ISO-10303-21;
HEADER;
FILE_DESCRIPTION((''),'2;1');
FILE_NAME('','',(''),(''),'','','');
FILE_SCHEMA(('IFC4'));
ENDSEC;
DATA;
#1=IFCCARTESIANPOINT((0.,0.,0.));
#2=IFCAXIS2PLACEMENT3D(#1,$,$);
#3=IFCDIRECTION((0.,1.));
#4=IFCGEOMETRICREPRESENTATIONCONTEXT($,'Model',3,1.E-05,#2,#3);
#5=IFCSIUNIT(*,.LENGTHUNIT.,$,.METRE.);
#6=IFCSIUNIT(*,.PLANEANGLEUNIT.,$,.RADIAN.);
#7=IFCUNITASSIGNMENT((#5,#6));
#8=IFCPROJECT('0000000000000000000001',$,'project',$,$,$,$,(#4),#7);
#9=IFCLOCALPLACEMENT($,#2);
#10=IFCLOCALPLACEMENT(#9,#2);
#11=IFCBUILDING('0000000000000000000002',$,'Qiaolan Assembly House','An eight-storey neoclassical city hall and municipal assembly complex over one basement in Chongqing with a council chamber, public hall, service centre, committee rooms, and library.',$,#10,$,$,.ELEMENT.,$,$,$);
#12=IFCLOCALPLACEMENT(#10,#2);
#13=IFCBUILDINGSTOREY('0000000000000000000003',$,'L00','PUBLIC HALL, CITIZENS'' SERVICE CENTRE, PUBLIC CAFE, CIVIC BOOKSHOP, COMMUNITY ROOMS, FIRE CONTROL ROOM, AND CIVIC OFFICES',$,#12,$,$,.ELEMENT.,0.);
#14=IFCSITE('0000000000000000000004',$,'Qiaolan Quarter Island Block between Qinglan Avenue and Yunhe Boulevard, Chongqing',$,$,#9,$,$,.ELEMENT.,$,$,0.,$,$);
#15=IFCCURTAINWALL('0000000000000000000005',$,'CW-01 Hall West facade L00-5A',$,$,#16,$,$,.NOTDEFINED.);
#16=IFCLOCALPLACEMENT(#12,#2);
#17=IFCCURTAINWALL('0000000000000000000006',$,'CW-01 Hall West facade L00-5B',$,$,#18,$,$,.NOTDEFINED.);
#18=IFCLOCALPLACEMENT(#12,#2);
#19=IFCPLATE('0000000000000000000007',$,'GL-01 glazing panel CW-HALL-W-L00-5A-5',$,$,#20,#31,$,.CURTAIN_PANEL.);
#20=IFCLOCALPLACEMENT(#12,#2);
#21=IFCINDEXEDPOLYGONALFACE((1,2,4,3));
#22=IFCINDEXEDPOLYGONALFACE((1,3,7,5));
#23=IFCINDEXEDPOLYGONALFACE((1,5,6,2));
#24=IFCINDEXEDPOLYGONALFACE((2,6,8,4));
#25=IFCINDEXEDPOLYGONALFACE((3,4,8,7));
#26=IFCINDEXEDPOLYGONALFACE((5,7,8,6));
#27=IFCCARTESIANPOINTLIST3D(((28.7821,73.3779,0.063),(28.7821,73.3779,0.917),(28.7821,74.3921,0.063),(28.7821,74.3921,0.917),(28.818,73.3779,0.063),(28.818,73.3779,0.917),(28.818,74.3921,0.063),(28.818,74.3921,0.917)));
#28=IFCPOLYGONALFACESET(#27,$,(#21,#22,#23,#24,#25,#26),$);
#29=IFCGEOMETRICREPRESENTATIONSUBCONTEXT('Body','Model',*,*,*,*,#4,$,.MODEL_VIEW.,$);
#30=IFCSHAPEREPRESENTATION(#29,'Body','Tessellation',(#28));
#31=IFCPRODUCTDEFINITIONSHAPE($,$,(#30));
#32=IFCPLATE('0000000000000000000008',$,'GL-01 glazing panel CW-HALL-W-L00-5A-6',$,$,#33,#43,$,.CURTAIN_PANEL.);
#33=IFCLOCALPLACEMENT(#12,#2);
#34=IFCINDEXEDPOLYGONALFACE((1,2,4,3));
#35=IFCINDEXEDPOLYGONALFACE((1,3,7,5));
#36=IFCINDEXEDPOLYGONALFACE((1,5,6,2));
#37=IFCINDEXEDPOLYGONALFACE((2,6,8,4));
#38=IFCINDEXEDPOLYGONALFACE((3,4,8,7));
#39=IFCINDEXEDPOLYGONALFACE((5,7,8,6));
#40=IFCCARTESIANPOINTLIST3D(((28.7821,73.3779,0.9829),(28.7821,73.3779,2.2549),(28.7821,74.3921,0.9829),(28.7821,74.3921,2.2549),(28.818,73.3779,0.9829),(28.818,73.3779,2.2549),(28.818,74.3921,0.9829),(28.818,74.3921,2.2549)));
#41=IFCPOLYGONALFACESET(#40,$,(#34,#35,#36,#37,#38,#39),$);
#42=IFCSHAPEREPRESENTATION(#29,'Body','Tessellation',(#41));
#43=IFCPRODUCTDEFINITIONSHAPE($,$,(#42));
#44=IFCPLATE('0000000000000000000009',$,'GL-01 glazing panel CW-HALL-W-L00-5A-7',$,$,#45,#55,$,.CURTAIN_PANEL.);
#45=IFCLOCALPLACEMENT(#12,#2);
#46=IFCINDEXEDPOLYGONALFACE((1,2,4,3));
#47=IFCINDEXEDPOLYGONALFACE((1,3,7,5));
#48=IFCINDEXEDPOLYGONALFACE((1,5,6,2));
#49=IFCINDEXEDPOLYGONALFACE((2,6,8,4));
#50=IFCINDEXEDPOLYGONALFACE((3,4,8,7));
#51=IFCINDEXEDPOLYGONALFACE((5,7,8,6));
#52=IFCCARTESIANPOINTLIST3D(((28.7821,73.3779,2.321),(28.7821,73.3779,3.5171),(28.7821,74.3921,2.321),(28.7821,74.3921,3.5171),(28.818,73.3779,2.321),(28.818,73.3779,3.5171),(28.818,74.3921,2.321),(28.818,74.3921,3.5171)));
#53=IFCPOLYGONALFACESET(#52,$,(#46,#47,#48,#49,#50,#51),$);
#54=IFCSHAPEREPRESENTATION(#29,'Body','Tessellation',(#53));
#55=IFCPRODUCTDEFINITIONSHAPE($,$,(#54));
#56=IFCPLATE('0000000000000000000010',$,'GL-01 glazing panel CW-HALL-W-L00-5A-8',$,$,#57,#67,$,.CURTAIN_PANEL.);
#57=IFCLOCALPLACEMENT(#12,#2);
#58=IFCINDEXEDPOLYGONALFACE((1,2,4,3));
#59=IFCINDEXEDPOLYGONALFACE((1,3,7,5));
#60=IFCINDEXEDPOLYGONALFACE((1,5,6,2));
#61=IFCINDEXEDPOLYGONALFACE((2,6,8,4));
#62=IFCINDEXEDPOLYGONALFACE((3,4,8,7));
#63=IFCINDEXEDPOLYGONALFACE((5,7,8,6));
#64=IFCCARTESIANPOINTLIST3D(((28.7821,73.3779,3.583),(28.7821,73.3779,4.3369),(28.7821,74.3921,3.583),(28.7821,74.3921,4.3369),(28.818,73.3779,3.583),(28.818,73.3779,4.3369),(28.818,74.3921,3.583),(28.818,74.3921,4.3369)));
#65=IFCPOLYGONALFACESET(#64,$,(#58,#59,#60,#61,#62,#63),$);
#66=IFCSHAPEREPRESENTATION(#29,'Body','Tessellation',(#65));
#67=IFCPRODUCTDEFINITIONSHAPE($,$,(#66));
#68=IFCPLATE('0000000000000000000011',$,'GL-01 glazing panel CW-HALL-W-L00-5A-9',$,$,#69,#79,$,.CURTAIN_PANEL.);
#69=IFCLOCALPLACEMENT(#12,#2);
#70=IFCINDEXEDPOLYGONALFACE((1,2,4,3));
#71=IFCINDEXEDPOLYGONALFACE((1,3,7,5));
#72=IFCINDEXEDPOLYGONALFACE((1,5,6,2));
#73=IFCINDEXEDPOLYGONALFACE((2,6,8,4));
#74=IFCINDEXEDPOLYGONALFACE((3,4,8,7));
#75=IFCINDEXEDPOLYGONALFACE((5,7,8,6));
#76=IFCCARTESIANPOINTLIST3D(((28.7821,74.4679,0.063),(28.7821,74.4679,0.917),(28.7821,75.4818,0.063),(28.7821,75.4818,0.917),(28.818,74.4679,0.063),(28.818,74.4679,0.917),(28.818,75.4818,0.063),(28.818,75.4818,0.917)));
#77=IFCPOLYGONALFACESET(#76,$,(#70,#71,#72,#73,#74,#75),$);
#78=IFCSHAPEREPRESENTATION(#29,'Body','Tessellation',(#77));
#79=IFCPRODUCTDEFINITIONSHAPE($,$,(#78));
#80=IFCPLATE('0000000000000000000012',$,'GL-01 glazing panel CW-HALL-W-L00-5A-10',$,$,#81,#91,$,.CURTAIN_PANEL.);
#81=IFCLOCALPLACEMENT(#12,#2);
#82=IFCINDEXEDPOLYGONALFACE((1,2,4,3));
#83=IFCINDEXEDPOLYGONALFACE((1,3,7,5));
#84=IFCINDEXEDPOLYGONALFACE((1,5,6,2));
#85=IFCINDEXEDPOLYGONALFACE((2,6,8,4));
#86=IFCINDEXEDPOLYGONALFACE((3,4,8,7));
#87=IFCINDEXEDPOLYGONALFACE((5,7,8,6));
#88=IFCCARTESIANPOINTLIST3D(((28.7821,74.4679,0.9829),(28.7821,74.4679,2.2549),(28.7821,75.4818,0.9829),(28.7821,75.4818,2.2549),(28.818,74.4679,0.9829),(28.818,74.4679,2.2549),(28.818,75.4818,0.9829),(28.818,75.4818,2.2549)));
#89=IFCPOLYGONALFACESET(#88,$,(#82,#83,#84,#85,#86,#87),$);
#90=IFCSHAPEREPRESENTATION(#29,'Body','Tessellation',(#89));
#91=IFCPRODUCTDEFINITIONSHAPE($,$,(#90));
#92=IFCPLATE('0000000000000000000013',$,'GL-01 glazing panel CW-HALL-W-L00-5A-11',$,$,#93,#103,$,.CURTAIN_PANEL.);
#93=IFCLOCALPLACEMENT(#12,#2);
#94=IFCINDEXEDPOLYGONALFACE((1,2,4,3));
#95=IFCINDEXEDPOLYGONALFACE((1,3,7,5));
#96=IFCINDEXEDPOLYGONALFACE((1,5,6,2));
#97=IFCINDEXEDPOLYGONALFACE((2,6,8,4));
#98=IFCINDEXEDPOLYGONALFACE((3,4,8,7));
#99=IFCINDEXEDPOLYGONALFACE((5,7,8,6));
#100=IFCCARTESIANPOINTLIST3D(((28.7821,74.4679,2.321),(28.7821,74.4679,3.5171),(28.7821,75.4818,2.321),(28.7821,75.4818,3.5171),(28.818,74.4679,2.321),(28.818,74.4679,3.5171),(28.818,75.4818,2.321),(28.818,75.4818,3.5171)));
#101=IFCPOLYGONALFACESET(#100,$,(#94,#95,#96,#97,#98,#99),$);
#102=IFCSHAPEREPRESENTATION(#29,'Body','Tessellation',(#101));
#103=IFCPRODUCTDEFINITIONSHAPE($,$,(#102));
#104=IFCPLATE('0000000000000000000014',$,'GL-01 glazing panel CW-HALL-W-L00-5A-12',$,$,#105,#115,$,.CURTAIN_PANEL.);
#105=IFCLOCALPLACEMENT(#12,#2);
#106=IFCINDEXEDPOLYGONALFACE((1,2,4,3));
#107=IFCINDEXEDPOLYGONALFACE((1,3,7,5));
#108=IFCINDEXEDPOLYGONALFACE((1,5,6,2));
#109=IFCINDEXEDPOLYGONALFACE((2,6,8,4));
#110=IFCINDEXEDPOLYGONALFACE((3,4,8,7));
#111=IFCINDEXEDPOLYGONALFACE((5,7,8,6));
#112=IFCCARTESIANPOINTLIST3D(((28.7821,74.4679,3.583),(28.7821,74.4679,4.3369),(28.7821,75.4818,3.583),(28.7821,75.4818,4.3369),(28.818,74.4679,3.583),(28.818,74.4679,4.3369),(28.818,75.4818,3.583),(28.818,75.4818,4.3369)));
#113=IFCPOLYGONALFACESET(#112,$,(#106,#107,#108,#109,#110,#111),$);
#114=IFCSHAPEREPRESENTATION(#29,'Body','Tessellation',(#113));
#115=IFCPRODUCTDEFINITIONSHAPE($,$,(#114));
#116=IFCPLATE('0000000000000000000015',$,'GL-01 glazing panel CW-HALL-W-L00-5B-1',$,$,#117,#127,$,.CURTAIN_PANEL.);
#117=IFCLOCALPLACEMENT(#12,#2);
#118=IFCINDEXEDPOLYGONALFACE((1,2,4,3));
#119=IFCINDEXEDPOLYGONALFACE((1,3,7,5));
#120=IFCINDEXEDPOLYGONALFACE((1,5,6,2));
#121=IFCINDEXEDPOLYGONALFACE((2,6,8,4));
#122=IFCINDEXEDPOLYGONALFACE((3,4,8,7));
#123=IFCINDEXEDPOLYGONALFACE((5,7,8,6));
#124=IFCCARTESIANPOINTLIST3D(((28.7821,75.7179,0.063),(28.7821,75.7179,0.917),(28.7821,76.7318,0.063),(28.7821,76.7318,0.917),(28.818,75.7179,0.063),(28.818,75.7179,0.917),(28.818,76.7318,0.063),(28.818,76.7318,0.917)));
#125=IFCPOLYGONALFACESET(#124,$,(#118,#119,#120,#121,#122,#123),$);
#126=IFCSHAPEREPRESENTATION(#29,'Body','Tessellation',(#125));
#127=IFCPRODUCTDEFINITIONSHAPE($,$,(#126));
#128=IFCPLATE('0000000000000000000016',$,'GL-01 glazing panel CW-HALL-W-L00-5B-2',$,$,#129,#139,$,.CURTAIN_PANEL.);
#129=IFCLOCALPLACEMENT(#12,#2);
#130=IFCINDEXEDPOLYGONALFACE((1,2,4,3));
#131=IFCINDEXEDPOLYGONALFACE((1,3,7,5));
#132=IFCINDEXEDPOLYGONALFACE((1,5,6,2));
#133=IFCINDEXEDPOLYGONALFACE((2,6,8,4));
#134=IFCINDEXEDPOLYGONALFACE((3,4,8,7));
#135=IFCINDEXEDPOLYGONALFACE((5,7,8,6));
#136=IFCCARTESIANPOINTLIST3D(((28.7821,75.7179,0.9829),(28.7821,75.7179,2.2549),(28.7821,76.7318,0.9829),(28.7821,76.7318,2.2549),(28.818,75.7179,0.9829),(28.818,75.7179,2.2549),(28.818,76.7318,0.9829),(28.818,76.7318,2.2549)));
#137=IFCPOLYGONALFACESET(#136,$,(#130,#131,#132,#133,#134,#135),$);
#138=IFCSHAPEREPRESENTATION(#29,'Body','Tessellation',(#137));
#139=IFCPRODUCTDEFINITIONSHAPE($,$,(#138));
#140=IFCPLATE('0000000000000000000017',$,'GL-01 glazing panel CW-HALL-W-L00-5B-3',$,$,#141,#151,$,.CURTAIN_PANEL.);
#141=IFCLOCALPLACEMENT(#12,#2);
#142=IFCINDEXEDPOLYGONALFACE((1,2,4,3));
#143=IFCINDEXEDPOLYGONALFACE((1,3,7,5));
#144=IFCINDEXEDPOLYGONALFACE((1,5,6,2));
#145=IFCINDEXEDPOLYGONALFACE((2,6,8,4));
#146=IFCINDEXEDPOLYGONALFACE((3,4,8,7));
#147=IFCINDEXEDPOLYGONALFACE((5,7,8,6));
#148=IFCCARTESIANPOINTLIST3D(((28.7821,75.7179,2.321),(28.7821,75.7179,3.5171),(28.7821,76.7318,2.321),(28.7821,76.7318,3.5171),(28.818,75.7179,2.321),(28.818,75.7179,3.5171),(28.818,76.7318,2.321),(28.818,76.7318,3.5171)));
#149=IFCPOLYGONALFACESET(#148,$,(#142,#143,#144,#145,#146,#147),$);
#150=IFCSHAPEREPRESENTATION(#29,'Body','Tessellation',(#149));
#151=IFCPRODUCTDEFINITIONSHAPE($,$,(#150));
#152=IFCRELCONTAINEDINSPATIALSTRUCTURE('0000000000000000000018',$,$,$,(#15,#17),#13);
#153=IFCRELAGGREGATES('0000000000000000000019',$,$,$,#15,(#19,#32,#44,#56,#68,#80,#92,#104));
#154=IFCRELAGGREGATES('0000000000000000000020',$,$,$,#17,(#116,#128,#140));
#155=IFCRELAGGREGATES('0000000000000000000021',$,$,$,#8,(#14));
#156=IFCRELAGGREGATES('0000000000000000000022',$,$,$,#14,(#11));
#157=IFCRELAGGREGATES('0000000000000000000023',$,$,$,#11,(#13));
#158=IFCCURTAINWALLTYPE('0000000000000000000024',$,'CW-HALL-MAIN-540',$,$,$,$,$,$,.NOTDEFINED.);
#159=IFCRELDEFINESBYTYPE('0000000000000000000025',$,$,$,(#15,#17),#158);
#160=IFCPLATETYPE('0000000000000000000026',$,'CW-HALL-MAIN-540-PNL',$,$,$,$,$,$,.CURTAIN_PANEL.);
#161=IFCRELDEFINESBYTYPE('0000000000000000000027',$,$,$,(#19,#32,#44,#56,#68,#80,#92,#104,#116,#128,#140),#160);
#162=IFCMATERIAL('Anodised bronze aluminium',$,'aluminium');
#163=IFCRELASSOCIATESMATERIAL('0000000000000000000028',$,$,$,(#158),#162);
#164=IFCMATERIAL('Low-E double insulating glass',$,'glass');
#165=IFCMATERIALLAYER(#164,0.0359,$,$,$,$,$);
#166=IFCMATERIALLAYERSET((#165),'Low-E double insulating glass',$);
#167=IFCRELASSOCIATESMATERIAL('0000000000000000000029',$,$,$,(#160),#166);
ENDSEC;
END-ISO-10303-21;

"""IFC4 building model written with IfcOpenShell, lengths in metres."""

from ifc_helpers import new_model, si_unit, direction, frame, frame_2d, origin, place, context, subcontext, project, spatial, rectangle, extrude, material, layer, layer_set, type_object, element, aggregate, save


model = new_model("IFC4")

# Units and contexts
model_context = context("Model", 3, precision=1e-05, world=origin(), true_north=direction((0.0, 1.0)))
body_context = subcontext(model_context, "Body", "Model", "MODEL_VIEW")
ifc_project = project(units=[si_unit("LENGTHUNIT", "METRE"), si_unit("PLANEANGLEUNIT", "RADIAN")], contexts=[model_context])

# Site, building, storey
site_placement = place(None, origin())
site = spatial("IfcSite", under=ifc_project, at=site_placement, Name="Qiaolan Quarter Island Block between Qinglan Avenue and Yunhe Boulevard, Chongqing", CompositionType="ELEMENT", RefElevation=0.0)
building_placement = place(site_placement, origin())
building = spatial("IfcBuilding", under=site, at=building_placement, Name="Qiaolan Assembly House", Description="An eight-storey neoclassical city hall and municipal assembly complex over one basement in Chongqing with a council chamber, public hall, service centre, committee rooms, and library.", CompositionType="ELEMENT")
storey_placement = place(building_placement, origin())
storey = spatial("IfcBuildingStorey", under=building, at=storey_placement, Name="L00", Description="PUBLIC HALL, CITIZENS' SERVICE CENTRE, PUBLIC CAFE, CIVIC BOOKSHOP, COMMUNITY ROOMS, FIRE CONTROL ROOM, AND CIVIC OFFICES", CompositionType="ELEMENT", Elevation=0.0)

# Curtain wall
ifc_material_1 = material(Name="Anodised bronze aluminium", Category="aluminium")
curtain_wall_type = type_object("IfcCurtainWallType", Name="CW-HALL-MAIN-540", PredefinedType="NOTDEFINED", material=ifc_material_1)
curtain_wall_1_placement = place(storey_placement, origin())
curtain_wall_1 = element("IfcCurtainWall", 1, at=curtain_wall_1_placement, inside=storey, type_object=curtain_wall_type, Name="CW-01 Hall West facade L00-5A", PredefinedType="NOTDEFINED")

# Curtain wall
curtain_wall_2_placement = place(storey_placement, origin())
curtain_wall_2 = element("IfcCurtainWall", 2, at=curtain_wall_2_placement, inside=storey, type_object=curtain_wall_type, Name="CW-01 Hall West facade L00-5B", PredefinedType="NOTDEFINED")

# Plates
ifc_material_2 = material(Name="Low-E double insulating glass", Category="glass")
ifc_layer = layer(ifc_material_2, 0.0359)
ifc_layer_set = layer_set([ifc_layer], Name="Low-E double insulating glass")
plate_type = type_object("IfcPlateType", Name="CW-HALL-MAIN-540-PNL", PredefinedType="CURTAIN_PANEL", material=ifc_layer_set)
plate_1_placement = place(storey_placement, frame((28.8, 73.3779, 0.063), z_axis=(0.0, 0.0, 1.0), x_axis=(0.0, 1.0, 0.0)))
plate_1 = element("IfcPlate", 3, at=plate_1_placement, type_object=plate_type, Name="GL-01 glazing panel CW-HALL-W-L00-5A-5", PredefinedType="CURTAIN_PANEL", context=body_context, shape_type="SweptSolid", body=[
    extrude(rectangle(XDim=1.0142, YDim=0.0359, at=frame_2d((0.5071, 0.0))), origin(), (0.0, 0.0, 1.0), 0.854),
])
plate_2_placement = place(storey_placement, frame((28.8, 73.3779, 0.9829), z_axis=(0.0, 0.0, 1.0), x_axis=(0.0, 1.0, 0.0)))
plate_2 = element("IfcPlate", 4, at=plate_2_placement, type_object=plate_type, Name="GL-01 glazing panel CW-HALL-W-L00-5A-6", PredefinedType="CURTAIN_PANEL", context=body_context, shape_type="SweptSolid", body=[
    extrude(rectangle(XDim=1.0142, YDim=0.0359, at=frame_2d((0.5071, 0.0))), origin(), (0.0, 0.0, 1.0), 1.272),
])
plate_3_placement = place(storey_placement, frame((28.8, 73.3779, 2.321), z_axis=(0.0, 0.0, 1.0), x_axis=(0.0, 1.0, 0.0)))
plate_3 = element("IfcPlate", 5, at=plate_3_placement, type_object=plate_type, Name="GL-01 glazing panel CW-HALL-W-L00-5A-7", PredefinedType="CURTAIN_PANEL", context=body_context, shape_type="SweptSolid", body=[
    extrude(rectangle(XDim=1.0142, YDim=0.0359, at=frame_2d((0.5071, 0.0))), origin(), (0.0, 0.0, 1.0), 1.196),
])
plate_4_placement = place(storey_placement, frame((28.8, 73.3779, 3.583), z_axis=(0.0, 0.0, 1.0), x_axis=(0.0, 1.0, 0.0)))
plate_4 = element("IfcPlate", 6, at=plate_4_placement, type_object=plate_type, Name="GL-01 glazing panel CW-HALL-W-L00-5A-8", PredefinedType="CURTAIN_PANEL", context=body_context, shape_type="SweptSolid", body=[
    extrude(rectangle(XDim=1.0142, YDim=0.0359, at=frame_2d((0.5071, 0.0))), origin(), (0.0, 0.0, 1.0), 0.7539),
])
plate_5_placement = place(storey_placement, frame((28.8, 74.468, 0.063), z_axis=(0.0, 0.0, 1.0), x_axis=(0.0, 1.0, 0.0)))
plate_5 = element("IfcPlate", 7, at=plate_5_placement, type_object=plate_type, Name="GL-01 glazing panel CW-HALL-W-L00-5A-9", PredefinedType="CURTAIN_PANEL", context=body_context, shape_type="SweptSolid", body=[
    extrude(rectangle(XDim=1.0139, YDim=0.0359, at=frame_2d((0.5068, 0.0))), origin(), (0.0, 0.0, 1.0), 0.854),
])
plate_6_placement = place(storey_placement, frame((28.8, 74.468, 0.9829), z_axis=(0.0, 0.0, 1.0), x_axis=(0.0, 1.0, 0.0)))
plate_6 = element("IfcPlate", 8, at=plate_6_placement, type_object=plate_type, Name="GL-01 glazing panel CW-HALL-W-L00-5A-10", PredefinedType="CURTAIN_PANEL", context=body_context, shape_type="SweptSolid", body=[
    extrude(rectangle(XDim=1.0139, YDim=0.0359, at=frame_2d((0.5068, 0.0))), origin(), (0.0, 0.0, 1.0), 1.272),
])
plate_7_placement = place(storey_placement, frame((28.8, 74.468, 2.321), z_axis=(0.0, 0.0, 1.0), x_axis=(0.0, 1.0, 0.0)))
plate_7 = element("IfcPlate", 9, at=plate_7_placement, type_object=plate_type, Name="GL-01 glazing panel CW-HALL-W-L00-5A-11", PredefinedType="CURTAIN_PANEL", context=body_context, shape_type="SweptSolid", body=[
    extrude(rectangle(XDim=1.0139, YDim=0.0359, at=frame_2d((0.5068, 0.0))), origin(), (0.0, 0.0, 1.0), 1.196),
])
plate_8_placement = place(storey_placement, frame((28.8, 74.468, 3.583), z_axis=(0.0, 0.0, 1.0), x_axis=(0.0, 1.0, 0.0)))
plate_8 = element("IfcPlate", 10, at=plate_8_placement, type_object=plate_type, Name="GL-01 glazing panel CW-HALL-W-L00-5A-12", PredefinedType="CURTAIN_PANEL", context=body_context, shape_type="SweptSolid", body=[
    extrude(rectangle(XDim=1.0139, YDim=0.0359, at=frame_2d((0.5068, 0.0))), origin(), (0.0, 0.0, 1.0), 0.7539),
])
aggregate(curtain_wall_1, [plate_1, plate_2, plate_3, plate_4, plate_5, plate_6, plate_7, plate_8])
plate_9_placement = place(storey_placement, frame((28.8, 75.718, 0.063), z_axis=(0.0, 0.0, 1.0), x_axis=(0.0, 1.0, 0.0)))
plate_9 = element("IfcPlate", 11, at=plate_9_placement, type_object=plate_type, Name="GL-01 glazing panel CW-HALL-W-L00-5B-1", PredefinedType="CURTAIN_PANEL", context=body_context, shape_type="SweptSolid", body=[
    extrude(rectangle(XDim=1.0139, YDim=0.0359, at=frame_2d((0.5068, 0.0))), origin(), (0.0, 0.0, 1.0), 0.854),
])
plate_10_placement = place(storey_placement, frame((28.8, 75.718, 0.9829), z_axis=(0.0, 0.0, 1.0), x_axis=(0.0, 1.0, 0.0)))
plate_10 = element("IfcPlate", 12, at=plate_10_placement, type_object=plate_type, Name="GL-01 glazing panel CW-HALL-W-L00-5B-2", PredefinedType="CURTAIN_PANEL", context=body_context, shape_type="SweptSolid", body=[
    extrude(rectangle(XDim=1.0139, YDim=0.0359, at=frame_2d((0.5068, 0.0))), origin(), (0.0, 0.0, 1.0), 1.272),
])
plate_11_placement = place(storey_placement, frame((28.8, 75.718, 2.321), z_axis=(0.0, 0.0, 1.0), x_axis=(0.0, 1.0, 0.0)))
plate_11 = element("IfcPlate", 13, at=plate_11_placement, type_object=plate_type, Name="GL-01 glazing panel CW-HALL-W-L00-5B-3", PredefinedType="CURTAIN_PANEL", context=body_context, shape_type="SweptSolid", body=[
    extrude(rectangle(XDim=1.0139, YDim=0.0359, at=frame_2d((0.5068, 0.0))), origin(), (0.0, 0.0, 1.0), 1.196),
])
aggregate(curtain_wall_2, [plate_9, plate_10, plate_11])

save(model, "model.ifc")
